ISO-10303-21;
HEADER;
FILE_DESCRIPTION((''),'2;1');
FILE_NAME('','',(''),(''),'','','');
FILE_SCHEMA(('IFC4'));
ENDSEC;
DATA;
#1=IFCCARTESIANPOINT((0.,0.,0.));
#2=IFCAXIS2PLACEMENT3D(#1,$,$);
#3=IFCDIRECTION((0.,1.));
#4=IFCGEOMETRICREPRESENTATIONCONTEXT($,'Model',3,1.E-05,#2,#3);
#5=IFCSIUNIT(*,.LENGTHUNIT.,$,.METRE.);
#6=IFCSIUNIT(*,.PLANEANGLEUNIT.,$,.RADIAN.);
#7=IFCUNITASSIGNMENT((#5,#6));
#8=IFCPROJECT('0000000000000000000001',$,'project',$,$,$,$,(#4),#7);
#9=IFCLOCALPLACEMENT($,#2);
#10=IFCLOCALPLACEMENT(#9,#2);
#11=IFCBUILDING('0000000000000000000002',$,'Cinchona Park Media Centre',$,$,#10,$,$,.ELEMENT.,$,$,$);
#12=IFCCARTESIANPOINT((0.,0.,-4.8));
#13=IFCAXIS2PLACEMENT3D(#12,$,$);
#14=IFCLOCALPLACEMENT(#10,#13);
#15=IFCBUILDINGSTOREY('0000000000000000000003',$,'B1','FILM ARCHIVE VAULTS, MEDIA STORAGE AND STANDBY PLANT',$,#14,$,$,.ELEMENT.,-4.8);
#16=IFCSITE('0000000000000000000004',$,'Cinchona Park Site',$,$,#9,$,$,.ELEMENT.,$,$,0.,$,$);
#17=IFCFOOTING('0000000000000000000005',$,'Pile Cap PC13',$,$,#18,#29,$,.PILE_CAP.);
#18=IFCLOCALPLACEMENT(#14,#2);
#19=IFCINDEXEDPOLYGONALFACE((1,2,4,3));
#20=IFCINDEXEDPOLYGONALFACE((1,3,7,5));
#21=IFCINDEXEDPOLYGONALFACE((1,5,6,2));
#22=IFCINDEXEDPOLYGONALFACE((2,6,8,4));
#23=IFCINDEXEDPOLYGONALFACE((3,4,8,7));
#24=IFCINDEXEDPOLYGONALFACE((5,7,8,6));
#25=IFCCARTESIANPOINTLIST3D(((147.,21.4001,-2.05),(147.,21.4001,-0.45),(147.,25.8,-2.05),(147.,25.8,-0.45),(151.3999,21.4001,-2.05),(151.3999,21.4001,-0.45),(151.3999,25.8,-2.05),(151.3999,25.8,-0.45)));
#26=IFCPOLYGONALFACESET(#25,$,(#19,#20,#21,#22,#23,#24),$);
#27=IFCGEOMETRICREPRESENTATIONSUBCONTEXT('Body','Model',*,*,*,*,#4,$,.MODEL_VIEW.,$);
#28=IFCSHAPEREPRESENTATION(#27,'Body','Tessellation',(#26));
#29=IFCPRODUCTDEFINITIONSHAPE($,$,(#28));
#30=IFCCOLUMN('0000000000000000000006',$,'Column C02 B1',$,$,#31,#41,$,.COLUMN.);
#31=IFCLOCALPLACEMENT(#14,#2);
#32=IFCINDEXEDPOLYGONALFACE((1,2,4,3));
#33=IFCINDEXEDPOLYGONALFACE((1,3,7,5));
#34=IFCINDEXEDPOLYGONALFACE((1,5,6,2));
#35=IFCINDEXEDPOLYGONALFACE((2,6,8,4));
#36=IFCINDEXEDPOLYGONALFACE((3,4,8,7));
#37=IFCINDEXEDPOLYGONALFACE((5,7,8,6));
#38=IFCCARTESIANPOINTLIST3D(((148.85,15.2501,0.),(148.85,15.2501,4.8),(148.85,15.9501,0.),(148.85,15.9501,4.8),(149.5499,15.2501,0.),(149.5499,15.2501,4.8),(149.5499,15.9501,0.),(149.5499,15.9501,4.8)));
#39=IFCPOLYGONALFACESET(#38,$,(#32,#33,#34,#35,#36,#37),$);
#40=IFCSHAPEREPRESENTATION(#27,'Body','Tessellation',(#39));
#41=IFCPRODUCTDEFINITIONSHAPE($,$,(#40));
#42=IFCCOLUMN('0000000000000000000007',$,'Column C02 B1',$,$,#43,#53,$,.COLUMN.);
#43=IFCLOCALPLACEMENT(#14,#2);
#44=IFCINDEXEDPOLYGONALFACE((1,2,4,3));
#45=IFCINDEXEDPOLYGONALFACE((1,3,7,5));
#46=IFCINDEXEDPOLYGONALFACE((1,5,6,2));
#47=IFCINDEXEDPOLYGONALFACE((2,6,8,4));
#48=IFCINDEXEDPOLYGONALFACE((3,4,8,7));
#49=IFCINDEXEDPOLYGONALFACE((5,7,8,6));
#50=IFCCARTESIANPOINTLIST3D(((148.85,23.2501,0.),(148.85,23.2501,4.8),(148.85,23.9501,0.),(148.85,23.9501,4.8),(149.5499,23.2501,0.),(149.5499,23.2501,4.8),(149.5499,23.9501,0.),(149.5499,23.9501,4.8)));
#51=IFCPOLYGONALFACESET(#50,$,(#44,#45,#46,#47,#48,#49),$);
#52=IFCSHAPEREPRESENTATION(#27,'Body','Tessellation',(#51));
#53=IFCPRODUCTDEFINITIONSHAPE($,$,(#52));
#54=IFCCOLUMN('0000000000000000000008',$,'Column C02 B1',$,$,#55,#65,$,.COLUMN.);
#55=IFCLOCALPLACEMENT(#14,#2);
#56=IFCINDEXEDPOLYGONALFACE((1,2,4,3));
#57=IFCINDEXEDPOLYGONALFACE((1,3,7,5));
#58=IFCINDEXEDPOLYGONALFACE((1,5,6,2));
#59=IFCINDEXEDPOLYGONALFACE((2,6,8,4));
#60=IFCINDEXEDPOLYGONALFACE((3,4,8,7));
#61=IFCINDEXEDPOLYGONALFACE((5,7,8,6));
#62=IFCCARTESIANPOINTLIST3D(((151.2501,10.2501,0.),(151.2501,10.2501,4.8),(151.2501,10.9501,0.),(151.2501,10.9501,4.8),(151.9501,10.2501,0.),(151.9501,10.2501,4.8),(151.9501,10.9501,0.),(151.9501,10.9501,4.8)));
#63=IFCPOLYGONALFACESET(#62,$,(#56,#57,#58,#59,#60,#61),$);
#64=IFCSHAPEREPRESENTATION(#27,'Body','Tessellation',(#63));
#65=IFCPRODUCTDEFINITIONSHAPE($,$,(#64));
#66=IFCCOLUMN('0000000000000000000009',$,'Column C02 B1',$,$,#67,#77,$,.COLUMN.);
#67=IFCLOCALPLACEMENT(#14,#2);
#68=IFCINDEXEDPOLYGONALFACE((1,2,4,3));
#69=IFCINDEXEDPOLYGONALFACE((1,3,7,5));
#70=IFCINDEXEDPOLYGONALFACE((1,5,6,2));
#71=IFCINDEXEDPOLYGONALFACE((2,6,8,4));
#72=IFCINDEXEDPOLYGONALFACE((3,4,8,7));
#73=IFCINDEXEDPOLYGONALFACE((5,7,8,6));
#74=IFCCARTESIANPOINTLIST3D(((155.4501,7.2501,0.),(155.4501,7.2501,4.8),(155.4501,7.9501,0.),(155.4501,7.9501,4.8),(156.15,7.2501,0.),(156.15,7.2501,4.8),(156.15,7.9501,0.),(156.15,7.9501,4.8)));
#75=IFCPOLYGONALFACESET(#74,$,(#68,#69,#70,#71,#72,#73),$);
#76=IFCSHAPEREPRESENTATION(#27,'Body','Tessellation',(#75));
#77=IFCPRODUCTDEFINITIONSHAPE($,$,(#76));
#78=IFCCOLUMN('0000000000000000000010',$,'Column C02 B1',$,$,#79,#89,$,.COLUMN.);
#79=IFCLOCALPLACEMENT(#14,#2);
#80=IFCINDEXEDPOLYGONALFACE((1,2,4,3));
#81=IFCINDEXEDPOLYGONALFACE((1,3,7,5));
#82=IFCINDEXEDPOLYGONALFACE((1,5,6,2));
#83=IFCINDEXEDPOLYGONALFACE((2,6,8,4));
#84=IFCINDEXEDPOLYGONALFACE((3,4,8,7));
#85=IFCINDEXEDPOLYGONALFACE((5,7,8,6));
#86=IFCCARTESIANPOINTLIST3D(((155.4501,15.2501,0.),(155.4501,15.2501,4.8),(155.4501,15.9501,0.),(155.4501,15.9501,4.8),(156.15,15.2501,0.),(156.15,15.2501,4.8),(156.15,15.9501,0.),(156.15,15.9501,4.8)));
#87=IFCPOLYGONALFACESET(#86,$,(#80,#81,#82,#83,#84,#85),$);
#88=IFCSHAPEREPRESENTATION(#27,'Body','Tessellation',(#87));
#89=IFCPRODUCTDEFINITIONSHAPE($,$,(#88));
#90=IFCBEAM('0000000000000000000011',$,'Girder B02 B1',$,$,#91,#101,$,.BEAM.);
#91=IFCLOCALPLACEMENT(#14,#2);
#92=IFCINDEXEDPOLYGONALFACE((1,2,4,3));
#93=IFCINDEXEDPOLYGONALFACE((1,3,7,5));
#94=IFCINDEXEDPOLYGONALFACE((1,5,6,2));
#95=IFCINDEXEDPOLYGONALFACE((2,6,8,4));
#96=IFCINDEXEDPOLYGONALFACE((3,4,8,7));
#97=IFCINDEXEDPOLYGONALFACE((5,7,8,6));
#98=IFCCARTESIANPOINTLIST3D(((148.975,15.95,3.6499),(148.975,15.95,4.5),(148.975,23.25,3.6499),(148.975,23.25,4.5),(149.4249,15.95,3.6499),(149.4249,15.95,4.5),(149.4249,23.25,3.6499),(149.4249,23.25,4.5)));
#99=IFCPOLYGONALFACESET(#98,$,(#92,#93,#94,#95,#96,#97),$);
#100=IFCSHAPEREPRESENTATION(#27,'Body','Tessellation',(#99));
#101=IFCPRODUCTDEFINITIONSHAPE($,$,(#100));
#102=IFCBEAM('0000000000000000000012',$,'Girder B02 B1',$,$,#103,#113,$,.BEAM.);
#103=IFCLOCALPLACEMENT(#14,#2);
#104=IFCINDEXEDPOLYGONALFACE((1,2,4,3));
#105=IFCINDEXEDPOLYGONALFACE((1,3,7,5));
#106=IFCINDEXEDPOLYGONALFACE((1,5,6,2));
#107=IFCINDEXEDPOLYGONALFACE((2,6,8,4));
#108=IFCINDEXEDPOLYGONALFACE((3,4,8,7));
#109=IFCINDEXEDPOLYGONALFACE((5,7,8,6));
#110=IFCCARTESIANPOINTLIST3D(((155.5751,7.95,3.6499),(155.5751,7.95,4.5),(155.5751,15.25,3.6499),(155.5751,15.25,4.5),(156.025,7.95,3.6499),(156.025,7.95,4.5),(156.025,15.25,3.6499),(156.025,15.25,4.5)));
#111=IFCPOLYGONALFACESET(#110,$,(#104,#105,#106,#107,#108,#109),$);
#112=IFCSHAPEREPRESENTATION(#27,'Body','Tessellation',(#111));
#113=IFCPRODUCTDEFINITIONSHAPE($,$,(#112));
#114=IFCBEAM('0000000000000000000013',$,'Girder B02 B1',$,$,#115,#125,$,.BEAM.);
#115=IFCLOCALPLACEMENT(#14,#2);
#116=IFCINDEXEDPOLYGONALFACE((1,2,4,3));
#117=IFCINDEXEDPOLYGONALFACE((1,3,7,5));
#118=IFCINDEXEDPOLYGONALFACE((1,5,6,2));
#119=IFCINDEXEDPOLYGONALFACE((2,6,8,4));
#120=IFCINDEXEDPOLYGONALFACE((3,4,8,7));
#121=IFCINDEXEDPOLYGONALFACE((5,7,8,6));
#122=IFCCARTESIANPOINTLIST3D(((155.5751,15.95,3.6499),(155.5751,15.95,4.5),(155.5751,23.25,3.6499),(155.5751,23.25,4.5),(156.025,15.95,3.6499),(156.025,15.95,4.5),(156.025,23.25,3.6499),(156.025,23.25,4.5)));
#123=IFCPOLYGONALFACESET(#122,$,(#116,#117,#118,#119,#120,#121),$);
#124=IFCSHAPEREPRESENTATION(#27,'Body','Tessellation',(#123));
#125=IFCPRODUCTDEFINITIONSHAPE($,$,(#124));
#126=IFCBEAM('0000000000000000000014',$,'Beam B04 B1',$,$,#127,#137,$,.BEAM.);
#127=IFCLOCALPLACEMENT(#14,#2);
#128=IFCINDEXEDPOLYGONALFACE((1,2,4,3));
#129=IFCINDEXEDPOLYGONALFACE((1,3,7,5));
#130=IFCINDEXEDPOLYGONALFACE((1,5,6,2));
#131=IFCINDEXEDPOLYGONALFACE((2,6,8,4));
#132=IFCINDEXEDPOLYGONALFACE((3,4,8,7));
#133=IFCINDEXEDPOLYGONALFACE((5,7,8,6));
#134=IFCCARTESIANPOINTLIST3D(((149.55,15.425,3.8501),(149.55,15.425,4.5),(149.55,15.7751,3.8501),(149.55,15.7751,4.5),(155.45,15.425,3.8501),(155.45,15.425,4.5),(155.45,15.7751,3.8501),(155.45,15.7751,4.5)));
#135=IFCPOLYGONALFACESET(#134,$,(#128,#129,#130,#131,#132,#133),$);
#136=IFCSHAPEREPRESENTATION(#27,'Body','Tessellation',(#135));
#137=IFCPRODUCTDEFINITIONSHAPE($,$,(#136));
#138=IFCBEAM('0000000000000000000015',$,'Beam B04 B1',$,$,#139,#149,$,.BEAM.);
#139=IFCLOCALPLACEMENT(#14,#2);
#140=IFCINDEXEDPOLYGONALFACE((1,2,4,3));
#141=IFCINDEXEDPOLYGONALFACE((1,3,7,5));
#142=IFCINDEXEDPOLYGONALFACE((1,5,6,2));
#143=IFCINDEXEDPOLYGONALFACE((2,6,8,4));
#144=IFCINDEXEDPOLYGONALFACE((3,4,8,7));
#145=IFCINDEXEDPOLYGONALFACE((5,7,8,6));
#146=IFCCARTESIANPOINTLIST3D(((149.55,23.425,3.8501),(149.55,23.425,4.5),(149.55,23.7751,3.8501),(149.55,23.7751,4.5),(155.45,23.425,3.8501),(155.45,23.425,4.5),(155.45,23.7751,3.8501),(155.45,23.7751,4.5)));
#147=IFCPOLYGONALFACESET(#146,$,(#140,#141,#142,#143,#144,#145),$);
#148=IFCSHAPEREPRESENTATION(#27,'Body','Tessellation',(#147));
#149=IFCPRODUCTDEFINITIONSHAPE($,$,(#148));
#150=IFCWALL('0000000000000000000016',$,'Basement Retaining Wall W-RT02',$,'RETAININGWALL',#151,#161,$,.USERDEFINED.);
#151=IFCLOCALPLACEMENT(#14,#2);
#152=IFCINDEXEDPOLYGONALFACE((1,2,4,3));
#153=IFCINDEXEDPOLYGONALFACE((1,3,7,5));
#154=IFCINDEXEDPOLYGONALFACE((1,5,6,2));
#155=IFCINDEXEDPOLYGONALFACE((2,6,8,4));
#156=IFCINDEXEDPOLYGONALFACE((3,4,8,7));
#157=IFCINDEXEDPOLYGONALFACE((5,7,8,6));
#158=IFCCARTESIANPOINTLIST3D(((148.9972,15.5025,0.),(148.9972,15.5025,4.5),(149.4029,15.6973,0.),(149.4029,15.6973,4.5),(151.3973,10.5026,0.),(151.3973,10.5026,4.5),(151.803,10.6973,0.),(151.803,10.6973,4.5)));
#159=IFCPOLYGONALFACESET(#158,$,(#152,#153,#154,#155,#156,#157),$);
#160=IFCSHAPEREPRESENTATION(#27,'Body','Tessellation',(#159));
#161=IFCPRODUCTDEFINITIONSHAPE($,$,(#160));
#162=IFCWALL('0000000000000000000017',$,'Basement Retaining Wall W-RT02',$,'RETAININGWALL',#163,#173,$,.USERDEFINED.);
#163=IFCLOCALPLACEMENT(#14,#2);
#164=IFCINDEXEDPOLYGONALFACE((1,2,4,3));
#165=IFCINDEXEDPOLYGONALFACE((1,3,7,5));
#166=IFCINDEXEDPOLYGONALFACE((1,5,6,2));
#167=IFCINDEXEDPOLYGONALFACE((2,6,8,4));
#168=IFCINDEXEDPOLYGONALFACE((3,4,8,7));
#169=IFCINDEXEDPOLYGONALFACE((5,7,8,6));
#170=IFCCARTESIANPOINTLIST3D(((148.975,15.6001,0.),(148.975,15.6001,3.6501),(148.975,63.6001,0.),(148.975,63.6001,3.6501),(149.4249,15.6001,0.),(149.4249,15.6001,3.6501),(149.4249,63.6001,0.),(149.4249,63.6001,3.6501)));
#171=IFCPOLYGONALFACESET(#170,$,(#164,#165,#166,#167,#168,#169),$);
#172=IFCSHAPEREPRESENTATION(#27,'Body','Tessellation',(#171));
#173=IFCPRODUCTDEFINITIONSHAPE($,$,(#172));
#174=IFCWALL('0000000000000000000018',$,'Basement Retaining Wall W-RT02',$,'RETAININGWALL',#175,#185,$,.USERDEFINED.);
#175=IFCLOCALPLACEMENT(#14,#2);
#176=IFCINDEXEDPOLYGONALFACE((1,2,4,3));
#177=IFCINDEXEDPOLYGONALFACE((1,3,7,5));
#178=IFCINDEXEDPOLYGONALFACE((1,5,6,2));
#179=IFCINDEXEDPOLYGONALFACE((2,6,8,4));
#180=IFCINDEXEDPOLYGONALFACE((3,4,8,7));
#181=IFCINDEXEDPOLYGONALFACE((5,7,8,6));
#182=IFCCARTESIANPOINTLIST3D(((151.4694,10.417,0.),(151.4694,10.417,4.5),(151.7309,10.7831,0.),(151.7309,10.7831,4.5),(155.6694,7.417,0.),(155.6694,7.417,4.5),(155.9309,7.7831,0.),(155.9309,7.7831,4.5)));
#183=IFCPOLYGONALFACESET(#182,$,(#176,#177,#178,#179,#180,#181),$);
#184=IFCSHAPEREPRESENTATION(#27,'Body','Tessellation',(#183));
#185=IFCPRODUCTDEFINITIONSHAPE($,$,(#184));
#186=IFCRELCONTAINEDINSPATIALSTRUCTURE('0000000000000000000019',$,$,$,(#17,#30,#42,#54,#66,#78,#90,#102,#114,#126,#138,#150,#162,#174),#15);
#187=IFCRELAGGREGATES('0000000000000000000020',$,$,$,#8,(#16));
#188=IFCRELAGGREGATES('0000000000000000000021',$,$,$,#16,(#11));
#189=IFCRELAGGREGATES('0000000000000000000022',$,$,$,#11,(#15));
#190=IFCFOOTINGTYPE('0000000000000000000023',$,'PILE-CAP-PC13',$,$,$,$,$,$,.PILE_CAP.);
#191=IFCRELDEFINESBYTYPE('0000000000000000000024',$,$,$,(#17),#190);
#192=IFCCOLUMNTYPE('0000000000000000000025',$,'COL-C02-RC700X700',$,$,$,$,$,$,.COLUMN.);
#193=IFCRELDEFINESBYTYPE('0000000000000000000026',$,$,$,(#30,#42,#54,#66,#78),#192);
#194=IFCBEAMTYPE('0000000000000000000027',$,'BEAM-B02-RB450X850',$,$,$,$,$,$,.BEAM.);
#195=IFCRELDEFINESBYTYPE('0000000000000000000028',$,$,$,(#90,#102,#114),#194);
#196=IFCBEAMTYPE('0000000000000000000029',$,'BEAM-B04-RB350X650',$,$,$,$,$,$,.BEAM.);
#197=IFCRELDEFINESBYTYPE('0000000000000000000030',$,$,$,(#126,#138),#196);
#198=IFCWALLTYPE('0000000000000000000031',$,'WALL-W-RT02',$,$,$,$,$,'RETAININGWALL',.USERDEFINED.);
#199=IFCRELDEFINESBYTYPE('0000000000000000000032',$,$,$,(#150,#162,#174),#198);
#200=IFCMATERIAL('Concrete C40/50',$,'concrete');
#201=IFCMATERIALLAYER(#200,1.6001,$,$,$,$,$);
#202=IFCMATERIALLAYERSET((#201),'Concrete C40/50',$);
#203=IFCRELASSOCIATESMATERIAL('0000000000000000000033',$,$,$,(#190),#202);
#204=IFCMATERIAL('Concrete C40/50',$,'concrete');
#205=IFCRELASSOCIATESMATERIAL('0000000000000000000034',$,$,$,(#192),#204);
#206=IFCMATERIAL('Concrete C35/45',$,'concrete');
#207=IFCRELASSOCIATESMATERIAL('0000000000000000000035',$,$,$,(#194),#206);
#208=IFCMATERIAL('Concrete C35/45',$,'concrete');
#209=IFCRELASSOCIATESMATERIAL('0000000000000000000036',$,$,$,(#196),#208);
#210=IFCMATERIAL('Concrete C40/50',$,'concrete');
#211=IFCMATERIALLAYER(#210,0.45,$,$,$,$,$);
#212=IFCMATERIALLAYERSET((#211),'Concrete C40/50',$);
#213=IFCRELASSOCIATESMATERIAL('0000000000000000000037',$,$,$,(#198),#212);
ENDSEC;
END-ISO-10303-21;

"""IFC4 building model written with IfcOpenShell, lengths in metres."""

from ifc_helpers import new_model, si_unit, direction, frame, frame_2d, origin, origin_2d, place, context, subcontext, project, spatial, rectangle, extrude, material, layer, layer_set, material_profile, profile_set, type_object, element, save


model = new_model("IFC4")

# Units and contexts
model_context = context("Model", 3, precision=1e-05, world=origin(), true_north=direction((0.0, 1.0)))
body_context = subcontext(model_context, "Body", "Model", "MODEL_VIEW")
ifc_project = project(units=[si_unit("LENGTHUNIT", "METRE"), si_unit("PLANEANGLEUNIT", "RADIAN")], contexts=[model_context])

# Site, building, storey
site_placement = place(None, origin())
site = spatial("IfcSite", under=ifc_project, at=site_placement, Name="Cinchona Park Site", CompositionType="ELEMENT", RefElevation=0.0)
building_placement = place(site_placement, origin())
building = spatial("IfcBuilding", under=site, at=building_placement, Name="Cinchona Park Media Centre", CompositionType="ELEMENT")
storey_placement = place(building_placement, frame((0.0, 0.0, -4.8)))
storey = spatial("IfcBuildingStorey", under=building, at=storey_placement, Name="B1", Description="FILM ARCHIVE VAULTS, MEDIA STORAGE AND STANDBY PLANT", CompositionType="ELEMENT", Elevation=-4.8)

# Footing
ifc_material_1 = material(Name="Concrete C40/50", Category="concrete")
ifc_layer_1 = layer(ifc_material_1, 1.6001)
ifc_layer_set_1 = layer_set([ifc_layer_1], Name="Concrete C40/50")
footing_type_1 = type_object("IfcFootingType", Name="PILE-CAP-PC13", PredefinedType="PILE_CAP", material=ifc_layer_set_1)
footing_1_placement = place(storey_placement, frame((149.2, 23.6001, -2.05), z_axis=(0.0, 0.0, 1.0), x_axis=(1.0, 0.0, 0.0)))
element("IfcFooting", 1, at=footing_1_placement, inside=storey, type_object=footing_type_1, Name="Pile Cap PC13", PredefinedType="PILE_CAP", context=body_context, shape_type="SweptSolid", body=[
    extrude(rectangle(XDim=4.3999, YDim=4.3999, at=origin_2d()), origin(), (0.0, 0.0, 1.0), 1.6001),
])

# Columns
ifc_material_2 = material(Name="Concrete C40/50", Category="concrete")
ifc_material_profile_1 = material_profile(ifc_material_2, rectangle(XDim=0.7, YDim=0.7, at=origin_2d()), Name="RC 700X700")
ifc_profile_set_1 = profile_set([ifc_material_profile_1], Name="Concrete C40/50")
column_type = type_object("IfcColumnType", Name="COL-C02-RC700X700", PredefinedType="COLUMN", material=ifc_profile_set_1)
for number, where, z_axis, x_axis, name in (
    (2, (149.2, 15.6001, 0.0), (0.0, 0.0, 1.0), (1.0, 0.0, 0.0), "Column C02 B1"),
    (3, (149.2, 23.6001, 0.0), (0.0, 0.0, 1.0), (1.0, 0.0, 0.0), "Column C02 B1"),
    (4, (151.6001, 10.6001, 0.0), (0.0, 0.0, 1.0), (1.0, 0.0, 0.0), "Column C02 B1"),
    (5, (155.8, 7.6001, 0.0), (0.0, 0.0, 1.0), (1.0, 0.0, 0.0), "Column C02 B1"),
    (6, (155.8, 15.6001, 0.0), (0.0, 0.0, 1.0), (1.0, 0.0, 0.0), "Column C02 B1"),
):
    element("IfcColumn", number, at=place(storey_placement, frame(where, z_axis=z_axis, x_axis=x_axis)), inside=storey, type_object=column_type, Name=name, PredefinedType="COLUMN", context=body_context, shape_type="SweptSolid", body=[
        extrude(rectangle(XDim=0.7, YDim=0.7, at=origin_2d()), origin(), (0.0, 0.0, 1.0), 4.8),
    ])

# Beams
ifc_material_3 = material(Name="Concrete C35/45", Category="concrete")
ifc_material_profile_2 = material_profile(ifc_material_3, rectangle(XDim=0.45, YDim=0.8501, at=origin_2d()), Name="RB 450X850")
ifc_profile_set_2 = profile_set([ifc_material_profile_2], Name="Concrete C35/45")
beam_type_1 = type_object("IfcBeamType", Name="BEAM-B02-RB450X850", PredefinedType="BEAM", material=ifc_profile_set_2)
for number, where, z_axis, x_axis, name in (
    (7, (149.2, 15.95, 4.075), (0.0, 1.0, 0.0), (-1.0, 0.0, 0.0), "Girder B02 B1"),
    (8, (155.8, 7.95, 4.075), (0.0, 1.0, 0.0), (-1.0, 0.0, 0.0), "Girder B02 B1"),
    (9, (155.8, 15.95, 4.075), (0.0, 1.0, 0.0), (-1.0, 0.0, 0.0), "Girder B02 B1"),
):
    element("IfcBeam", number, at=place(storey_placement, frame(where, z_axis=z_axis, x_axis=x_axis)), inside=storey, type_object=beam_type_1, Name=name, PredefinedType="BEAM", context=body_context, shape_type="SweptSolid", body=[
        extrude(rectangle(XDim=0.45, YDim=0.8501, at=origin_2d()), origin(), (0.0, 0.0, 1.0), 7.3),
    ])
ifc_material_4 = material(Name="Concrete C35/45", Category="concrete")
ifc_material_profile_3 = material_profile(ifc_material_4, rectangle(XDim=0.3501, YDim=0.6499, at=origin_2d()), Name="RB 350X650")
ifc_profile_set_3 = profile_set([ifc_material_profile_3], Name="Concrete C35/45")
beam_type_2 = type_object("IfcBeamType", Name="BEAM-B04-RB350X650", PredefinedType="BEAM", material=ifc_profile_set_3)
for number, where, z_axis, x_axis, name in (
    (10, (149.55, 15.6001, 4.175), (1.0, 0.0, 0.0), (0.0, 1.0, 0.0), "Beam B04 B1"),
    (11, (149.55, 23.6001, 4.175), (1.0, 0.0, 0.0), (0.0, 1.0, 0.0), "Beam B04 B1"),
):
    element("IfcBeam", number, at=place(storey_placement, frame(where, z_axis=z_axis, x_axis=x_axis)), inside=storey, type_object=beam_type_2, Name=name, PredefinedType="BEAM", context=body_context, shape_type="SweptSolid", body=[
        extrude(rectangle(XDim=0.3501, YDim=0.6499, at=origin_2d()), origin(), (0.0, 0.0, 1.0), 5.8999),
    ])

# Walls
ifc_material_5 = material(Name="Concrete C40/50", Category="concrete")
ifc_layer_2 = layer(ifc_material_5, 0.45)
ifc_layer_set_2 = layer_set([ifc_layer_2], Name="Concrete C40/50")
wall_type = type_object("IfcWallType", Name="WALL-W-RT02", ElementType="RETAININGWALL", PredefinedType="USERDEFINED", material=ifc_layer_set_2)
wall_1_placement = place(storey_placement, frame((151.6001, 10.6001, 0.0), z_axis=(0.0, 0.0, 1.0), x_axis=(-0.432753, 0.901513, 0.0)))
element("IfcWall", 12, at=wall_1_placement, inside=storey, type_object=wall_type, Name="Basement Retaining Wall W-RT02", ObjectType="RETAININGWALL", PredefinedType="USERDEFINED", context=body_context, shape_type="SweptSolid", body=[
    extrude(rectangle(XDim=5.5461, YDim=0.45, at=frame_2d((2.7729, 0.0))), origin(), (0.0, 0.0, 1.0), 4.5),
])
wall_2_placement = place(storey_placement, frame((149.2, 15.6001, 0.0), z_axis=(0.0, 0.0, 1.0), x_axis=(0.0, 1.0, 0.0)))
element("IfcWall", 13, at=wall_2_placement, inside=storey, type_object=wall_type, Name="Basement Retaining Wall W-RT02", ObjectType="RETAININGWALL", PredefinedType="USERDEFINED", context=body_context, shape_type="SweptSolid", body=[
    extrude(rectangle(XDim=48.0, YDim=0.45, at=frame_2d((24.0, 0.0))), origin(), (0.0, 0.0, 1.0), 3.6501),
])
wall_3_placement = place(storey_placement, frame((155.8, 7.6001, 0.0), z_axis=(0.0, 0.0, 1.0), x_axis=(-0.81373, 0.581243, 0.0)))
element("IfcWall", 14, at=wall_3_placement, inside=storey, type_object=wall_type, Name="Basement Retaining Wall W-RT02", ObjectType="RETAININGWALL", PredefinedType="USERDEFINED", context=body_context, shape_type="SweptSolid", body=[
    extrude(rectangle(XDim=5.1614, YDim=0.45, at=frame_2d((2.5806, 0.0))), origin(), (0.0, 0.0, 1.0), 4.5),
])

save(model, "model.ifc")
